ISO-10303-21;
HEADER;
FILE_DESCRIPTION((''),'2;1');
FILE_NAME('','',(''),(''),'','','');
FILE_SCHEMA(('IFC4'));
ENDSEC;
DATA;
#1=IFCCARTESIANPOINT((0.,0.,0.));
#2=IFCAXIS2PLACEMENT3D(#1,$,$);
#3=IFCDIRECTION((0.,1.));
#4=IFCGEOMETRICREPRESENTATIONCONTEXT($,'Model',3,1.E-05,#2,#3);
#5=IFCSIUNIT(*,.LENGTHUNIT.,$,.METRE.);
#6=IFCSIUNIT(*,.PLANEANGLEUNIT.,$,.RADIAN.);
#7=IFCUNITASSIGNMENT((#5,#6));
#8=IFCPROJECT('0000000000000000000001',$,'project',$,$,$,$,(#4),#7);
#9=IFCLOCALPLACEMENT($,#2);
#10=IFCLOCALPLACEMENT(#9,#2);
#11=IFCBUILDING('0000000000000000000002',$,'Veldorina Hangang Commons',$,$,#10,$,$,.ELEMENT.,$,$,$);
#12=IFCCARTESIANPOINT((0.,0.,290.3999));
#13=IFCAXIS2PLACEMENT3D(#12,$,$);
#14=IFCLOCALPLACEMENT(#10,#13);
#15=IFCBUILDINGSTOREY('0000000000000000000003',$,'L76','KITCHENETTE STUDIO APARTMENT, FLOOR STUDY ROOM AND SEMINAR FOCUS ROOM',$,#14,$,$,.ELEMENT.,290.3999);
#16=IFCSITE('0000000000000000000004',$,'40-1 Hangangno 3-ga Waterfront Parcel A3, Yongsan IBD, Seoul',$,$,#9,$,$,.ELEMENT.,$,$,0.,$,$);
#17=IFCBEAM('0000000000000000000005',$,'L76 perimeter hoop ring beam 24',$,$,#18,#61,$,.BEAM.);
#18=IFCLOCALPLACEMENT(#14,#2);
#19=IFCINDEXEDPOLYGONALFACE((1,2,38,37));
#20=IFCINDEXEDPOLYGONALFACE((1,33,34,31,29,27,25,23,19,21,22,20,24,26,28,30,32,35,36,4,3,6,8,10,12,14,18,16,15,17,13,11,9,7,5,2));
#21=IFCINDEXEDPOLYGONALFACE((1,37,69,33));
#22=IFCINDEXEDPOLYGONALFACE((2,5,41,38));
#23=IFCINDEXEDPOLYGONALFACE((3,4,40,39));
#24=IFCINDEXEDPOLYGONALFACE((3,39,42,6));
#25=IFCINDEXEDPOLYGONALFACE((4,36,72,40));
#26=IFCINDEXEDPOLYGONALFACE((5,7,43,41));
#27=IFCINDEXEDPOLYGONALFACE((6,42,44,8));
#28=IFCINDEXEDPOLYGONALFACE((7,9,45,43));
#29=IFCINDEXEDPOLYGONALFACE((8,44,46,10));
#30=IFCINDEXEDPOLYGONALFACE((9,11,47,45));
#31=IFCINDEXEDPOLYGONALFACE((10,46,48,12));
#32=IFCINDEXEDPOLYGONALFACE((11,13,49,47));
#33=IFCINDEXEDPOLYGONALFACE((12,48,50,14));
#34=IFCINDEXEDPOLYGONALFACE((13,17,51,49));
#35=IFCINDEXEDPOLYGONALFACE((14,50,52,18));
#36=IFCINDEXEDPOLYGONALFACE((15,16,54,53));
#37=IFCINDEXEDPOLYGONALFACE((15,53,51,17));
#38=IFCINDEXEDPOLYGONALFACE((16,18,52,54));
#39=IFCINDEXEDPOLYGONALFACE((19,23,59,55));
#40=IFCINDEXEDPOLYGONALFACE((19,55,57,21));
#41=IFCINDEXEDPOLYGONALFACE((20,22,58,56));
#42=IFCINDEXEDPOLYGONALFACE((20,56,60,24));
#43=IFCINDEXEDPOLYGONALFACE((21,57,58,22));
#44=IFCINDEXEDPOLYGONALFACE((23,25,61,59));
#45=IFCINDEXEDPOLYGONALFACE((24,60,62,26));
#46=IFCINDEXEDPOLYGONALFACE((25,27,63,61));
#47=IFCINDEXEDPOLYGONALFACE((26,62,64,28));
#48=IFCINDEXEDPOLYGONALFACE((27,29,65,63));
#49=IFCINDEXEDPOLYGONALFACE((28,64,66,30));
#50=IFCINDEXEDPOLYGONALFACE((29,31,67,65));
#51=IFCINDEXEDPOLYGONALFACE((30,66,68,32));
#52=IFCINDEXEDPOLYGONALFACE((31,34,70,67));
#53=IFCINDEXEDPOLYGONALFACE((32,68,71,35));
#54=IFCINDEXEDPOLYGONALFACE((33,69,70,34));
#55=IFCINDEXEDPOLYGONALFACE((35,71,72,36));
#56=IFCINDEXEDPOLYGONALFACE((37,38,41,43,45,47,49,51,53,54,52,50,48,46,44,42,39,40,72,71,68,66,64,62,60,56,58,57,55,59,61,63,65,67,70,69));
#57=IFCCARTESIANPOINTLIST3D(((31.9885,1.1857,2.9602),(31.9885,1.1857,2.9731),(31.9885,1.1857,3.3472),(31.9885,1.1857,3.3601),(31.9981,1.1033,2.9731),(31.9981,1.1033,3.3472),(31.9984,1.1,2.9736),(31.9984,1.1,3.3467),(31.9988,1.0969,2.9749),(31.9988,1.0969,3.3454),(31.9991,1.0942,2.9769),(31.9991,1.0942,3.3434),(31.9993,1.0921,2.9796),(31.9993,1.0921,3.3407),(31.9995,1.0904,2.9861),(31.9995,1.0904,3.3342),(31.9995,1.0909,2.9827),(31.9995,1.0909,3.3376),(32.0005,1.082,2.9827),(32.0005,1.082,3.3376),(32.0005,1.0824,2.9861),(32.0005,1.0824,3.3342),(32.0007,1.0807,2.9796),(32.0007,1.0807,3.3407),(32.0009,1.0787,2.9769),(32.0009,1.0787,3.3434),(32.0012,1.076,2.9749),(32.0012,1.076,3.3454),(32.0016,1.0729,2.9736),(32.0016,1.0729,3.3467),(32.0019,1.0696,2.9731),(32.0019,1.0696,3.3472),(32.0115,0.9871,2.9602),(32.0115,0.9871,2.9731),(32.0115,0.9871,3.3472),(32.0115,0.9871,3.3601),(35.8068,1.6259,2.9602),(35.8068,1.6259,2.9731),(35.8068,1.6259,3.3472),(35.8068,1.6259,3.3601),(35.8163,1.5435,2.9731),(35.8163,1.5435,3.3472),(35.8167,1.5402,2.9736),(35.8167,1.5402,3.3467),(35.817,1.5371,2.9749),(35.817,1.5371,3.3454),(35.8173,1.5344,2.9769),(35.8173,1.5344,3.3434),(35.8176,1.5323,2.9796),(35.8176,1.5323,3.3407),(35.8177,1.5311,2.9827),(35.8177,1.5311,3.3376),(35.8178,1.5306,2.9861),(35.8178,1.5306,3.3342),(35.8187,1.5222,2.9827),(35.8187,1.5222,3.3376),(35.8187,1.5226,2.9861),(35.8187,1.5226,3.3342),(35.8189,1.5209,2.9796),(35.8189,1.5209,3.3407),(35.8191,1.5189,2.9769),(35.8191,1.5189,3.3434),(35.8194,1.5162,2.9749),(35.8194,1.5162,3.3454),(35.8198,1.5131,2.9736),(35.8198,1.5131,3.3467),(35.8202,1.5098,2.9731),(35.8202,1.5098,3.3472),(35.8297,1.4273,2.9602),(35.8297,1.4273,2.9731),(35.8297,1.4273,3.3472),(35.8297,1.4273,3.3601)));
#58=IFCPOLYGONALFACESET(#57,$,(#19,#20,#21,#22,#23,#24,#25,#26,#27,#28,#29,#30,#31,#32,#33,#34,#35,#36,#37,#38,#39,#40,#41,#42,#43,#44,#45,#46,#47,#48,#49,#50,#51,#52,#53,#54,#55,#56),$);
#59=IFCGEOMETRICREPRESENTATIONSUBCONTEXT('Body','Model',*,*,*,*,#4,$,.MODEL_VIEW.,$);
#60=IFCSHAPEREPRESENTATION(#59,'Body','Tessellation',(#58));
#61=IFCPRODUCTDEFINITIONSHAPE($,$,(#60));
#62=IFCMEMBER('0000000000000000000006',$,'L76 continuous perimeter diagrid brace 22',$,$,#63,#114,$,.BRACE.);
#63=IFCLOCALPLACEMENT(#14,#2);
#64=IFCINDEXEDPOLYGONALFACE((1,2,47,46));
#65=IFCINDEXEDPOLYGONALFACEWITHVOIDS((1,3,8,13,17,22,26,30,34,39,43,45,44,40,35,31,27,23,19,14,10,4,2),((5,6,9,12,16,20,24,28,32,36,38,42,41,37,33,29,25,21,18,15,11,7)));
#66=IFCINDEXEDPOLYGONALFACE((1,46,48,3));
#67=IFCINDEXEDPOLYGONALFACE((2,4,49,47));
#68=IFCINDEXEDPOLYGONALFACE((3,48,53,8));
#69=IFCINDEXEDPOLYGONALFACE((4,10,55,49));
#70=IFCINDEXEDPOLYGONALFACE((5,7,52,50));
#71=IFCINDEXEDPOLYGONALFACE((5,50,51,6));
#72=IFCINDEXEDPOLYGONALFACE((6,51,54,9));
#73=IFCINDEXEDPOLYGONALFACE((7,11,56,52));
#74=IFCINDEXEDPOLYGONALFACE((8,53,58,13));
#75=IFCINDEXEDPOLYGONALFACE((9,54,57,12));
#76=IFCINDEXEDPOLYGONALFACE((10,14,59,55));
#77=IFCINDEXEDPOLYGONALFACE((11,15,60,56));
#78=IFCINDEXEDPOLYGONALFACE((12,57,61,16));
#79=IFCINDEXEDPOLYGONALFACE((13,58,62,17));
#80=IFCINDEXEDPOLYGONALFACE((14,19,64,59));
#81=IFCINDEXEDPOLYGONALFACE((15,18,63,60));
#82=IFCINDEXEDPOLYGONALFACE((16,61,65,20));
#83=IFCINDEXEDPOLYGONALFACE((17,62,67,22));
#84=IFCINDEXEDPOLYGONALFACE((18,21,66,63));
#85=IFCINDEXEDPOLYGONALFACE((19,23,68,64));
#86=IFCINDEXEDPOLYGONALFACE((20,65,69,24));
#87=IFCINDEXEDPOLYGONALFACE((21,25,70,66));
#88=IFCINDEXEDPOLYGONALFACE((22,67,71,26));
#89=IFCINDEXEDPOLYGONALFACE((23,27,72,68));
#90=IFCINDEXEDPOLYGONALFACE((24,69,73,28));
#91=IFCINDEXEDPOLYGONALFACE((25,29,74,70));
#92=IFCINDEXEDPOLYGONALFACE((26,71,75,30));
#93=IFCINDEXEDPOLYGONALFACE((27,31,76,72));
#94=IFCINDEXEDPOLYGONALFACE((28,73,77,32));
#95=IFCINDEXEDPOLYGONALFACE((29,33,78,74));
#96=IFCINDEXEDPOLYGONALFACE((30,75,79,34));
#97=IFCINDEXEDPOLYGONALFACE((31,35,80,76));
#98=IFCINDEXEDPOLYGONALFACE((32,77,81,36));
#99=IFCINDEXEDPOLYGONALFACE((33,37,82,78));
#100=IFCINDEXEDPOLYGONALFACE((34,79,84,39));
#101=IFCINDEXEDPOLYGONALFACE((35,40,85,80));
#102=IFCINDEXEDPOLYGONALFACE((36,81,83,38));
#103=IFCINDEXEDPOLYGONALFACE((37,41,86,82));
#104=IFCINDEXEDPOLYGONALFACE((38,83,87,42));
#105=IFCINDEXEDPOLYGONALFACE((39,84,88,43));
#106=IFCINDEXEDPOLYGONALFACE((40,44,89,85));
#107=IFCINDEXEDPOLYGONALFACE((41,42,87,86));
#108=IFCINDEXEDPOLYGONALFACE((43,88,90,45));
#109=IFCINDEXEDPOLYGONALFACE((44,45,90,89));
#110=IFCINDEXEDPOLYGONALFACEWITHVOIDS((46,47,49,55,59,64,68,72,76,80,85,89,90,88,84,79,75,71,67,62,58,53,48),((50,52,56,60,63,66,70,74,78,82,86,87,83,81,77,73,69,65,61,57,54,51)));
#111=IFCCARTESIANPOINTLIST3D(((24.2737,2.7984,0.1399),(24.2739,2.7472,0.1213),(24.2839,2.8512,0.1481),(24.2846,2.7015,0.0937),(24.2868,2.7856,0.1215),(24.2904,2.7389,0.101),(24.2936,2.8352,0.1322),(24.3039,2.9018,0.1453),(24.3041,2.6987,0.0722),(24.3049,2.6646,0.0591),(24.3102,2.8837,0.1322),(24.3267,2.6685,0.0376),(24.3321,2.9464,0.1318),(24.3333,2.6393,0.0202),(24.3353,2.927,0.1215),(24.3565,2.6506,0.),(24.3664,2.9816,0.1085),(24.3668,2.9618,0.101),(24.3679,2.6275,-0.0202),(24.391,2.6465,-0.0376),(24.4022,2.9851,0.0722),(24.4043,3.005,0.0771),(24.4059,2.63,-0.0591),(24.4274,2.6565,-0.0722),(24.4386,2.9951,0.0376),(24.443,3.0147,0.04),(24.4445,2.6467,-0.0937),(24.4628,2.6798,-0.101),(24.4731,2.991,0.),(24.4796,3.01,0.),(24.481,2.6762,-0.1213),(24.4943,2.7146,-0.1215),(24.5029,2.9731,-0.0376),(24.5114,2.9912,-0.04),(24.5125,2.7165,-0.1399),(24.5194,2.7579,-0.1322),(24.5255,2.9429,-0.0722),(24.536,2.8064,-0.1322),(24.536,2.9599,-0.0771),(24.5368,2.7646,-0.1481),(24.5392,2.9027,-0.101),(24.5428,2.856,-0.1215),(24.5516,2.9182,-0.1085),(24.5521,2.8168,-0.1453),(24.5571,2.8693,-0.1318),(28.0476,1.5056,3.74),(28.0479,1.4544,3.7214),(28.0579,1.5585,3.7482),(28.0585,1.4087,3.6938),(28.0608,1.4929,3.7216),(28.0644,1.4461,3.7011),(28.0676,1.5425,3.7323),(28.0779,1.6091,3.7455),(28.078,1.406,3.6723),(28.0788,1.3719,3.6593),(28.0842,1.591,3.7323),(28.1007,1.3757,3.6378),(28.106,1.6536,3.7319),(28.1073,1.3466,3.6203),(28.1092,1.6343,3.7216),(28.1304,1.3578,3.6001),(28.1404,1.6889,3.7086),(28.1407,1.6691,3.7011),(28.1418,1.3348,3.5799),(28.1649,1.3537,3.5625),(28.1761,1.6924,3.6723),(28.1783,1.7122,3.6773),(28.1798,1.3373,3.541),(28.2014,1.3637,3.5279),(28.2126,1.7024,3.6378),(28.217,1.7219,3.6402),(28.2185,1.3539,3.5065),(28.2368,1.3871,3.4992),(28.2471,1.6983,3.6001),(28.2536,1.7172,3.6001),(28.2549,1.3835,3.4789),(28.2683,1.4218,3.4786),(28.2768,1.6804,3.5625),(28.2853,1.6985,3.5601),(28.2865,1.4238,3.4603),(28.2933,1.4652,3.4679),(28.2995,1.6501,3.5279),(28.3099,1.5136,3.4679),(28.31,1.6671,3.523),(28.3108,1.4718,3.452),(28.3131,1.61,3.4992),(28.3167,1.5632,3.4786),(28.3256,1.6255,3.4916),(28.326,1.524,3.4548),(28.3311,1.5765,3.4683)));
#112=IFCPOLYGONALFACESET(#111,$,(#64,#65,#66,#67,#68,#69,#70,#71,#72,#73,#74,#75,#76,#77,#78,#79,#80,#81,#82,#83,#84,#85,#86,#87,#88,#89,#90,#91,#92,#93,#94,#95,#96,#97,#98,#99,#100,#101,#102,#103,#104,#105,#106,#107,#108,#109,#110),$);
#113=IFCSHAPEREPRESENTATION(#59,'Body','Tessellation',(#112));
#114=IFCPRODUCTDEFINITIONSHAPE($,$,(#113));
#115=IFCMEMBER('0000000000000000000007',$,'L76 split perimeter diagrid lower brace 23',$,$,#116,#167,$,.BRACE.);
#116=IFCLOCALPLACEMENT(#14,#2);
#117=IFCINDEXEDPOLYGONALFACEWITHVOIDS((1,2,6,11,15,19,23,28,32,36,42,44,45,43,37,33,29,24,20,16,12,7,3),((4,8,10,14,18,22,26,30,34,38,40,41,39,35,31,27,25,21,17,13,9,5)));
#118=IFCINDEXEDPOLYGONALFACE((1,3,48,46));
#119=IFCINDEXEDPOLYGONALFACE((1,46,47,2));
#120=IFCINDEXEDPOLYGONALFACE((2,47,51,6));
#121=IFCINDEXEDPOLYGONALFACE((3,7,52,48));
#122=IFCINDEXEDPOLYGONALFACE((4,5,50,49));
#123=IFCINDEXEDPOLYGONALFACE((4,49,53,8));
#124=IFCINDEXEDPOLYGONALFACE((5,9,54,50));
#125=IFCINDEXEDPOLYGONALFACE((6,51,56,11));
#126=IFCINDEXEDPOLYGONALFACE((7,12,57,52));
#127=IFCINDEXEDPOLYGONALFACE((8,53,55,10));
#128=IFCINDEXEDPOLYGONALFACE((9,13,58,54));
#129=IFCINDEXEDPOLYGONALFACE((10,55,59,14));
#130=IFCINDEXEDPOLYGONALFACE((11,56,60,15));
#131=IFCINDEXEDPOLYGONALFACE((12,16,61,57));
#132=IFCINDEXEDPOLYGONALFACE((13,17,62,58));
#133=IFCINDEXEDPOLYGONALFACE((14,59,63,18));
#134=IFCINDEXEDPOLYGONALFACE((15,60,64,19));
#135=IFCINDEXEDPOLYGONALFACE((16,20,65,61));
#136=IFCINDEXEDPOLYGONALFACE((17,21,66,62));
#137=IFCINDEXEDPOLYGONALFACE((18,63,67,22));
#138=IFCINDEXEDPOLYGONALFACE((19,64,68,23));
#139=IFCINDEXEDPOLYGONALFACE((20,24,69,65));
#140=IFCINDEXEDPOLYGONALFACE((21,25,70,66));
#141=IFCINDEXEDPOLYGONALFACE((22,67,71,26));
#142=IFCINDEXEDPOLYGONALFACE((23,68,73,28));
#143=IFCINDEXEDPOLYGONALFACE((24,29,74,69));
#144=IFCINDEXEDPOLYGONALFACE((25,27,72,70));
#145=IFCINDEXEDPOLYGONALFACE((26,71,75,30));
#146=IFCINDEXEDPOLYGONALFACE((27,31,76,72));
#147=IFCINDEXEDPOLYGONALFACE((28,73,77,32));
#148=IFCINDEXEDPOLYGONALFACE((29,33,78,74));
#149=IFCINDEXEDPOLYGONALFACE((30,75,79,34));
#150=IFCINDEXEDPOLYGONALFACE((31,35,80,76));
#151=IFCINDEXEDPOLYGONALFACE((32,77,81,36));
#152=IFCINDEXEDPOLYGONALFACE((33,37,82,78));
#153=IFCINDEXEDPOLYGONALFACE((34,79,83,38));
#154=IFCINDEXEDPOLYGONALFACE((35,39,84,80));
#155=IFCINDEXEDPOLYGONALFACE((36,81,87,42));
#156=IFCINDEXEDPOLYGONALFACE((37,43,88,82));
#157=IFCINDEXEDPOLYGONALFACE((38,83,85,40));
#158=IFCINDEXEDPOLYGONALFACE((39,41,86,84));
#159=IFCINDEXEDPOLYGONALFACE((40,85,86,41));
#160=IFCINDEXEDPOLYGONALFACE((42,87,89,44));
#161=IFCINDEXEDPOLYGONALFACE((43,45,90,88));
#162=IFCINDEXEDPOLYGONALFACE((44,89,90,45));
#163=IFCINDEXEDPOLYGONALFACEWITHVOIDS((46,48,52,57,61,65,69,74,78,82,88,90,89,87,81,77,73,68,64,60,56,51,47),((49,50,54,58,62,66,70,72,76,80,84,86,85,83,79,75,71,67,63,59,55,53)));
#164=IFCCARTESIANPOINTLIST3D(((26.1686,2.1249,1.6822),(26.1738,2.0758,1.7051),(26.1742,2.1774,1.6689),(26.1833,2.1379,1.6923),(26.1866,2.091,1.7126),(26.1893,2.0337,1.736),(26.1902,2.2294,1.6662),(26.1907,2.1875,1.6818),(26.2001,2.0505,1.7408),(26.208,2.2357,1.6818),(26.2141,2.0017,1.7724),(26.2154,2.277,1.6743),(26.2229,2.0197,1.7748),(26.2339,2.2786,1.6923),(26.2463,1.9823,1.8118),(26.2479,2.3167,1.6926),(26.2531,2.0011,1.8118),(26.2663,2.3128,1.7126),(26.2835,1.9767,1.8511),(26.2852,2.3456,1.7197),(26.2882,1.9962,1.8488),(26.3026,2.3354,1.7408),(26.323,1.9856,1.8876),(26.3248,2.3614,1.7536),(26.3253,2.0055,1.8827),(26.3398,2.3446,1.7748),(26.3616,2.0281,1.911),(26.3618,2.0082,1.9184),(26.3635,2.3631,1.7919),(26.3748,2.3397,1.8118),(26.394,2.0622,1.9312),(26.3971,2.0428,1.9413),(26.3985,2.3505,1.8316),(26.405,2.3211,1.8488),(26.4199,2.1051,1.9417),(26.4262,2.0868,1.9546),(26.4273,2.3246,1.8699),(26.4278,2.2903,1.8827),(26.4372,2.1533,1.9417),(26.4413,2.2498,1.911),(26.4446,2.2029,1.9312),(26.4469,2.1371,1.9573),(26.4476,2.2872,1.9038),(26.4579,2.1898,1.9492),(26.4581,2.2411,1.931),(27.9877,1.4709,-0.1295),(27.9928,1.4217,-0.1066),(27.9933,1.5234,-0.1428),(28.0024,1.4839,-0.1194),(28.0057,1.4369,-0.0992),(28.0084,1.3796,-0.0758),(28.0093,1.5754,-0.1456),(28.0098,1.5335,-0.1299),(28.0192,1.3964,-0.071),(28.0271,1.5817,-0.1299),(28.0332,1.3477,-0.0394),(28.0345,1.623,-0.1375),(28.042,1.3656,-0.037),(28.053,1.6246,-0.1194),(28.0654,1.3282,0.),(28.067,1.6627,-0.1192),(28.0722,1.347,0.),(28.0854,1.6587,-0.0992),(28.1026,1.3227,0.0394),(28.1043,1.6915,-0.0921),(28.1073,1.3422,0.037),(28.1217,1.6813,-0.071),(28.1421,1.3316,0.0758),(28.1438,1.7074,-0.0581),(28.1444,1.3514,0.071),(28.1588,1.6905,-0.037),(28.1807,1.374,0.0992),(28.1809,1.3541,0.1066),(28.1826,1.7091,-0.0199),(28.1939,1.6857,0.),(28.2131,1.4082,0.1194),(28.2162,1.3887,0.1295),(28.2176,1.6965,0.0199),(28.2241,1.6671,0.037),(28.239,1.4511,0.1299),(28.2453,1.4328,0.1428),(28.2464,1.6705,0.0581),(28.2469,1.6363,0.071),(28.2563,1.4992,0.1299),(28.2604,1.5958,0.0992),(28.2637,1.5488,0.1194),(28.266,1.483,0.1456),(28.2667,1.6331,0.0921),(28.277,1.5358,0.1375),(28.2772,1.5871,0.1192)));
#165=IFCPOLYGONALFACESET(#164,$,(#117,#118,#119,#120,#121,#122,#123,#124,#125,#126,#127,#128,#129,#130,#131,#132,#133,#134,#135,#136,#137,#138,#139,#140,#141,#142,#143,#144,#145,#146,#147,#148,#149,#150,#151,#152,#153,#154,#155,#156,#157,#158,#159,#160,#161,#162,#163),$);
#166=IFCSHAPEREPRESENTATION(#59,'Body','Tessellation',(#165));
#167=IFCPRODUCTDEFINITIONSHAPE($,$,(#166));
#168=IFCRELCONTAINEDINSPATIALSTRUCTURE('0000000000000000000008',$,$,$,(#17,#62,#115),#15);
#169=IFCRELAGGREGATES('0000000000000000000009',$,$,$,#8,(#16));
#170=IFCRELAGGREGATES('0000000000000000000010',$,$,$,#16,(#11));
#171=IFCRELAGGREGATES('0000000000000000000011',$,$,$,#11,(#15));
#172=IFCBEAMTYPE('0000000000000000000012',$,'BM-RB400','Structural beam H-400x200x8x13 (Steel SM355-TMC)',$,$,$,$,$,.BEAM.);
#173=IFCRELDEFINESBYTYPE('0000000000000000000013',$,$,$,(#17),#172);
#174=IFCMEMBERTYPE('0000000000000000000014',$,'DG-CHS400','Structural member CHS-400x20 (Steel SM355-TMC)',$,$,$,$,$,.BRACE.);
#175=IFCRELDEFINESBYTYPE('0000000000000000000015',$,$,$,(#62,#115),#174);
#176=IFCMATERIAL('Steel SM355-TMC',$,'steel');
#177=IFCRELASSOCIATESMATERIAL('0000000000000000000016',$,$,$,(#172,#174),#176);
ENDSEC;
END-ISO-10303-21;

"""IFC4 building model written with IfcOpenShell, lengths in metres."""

from ifc_helpers import new_model, si_unit, direction, frame, origin, origin_2d, place, context, subcontext, project, spatial, hollow_circle, i_section, extrude, material, material_profile, profile_set, type_object, element, save


model = new_model("IFC4")

# Units and contexts
model_context = context("Model", 3, precision=1e-05, world=origin(), true_north=direction((0.0, 1.0)))
body_context = subcontext(model_context, "Body", "Model", "MODEL_VIEW")
ifc_project = project(units=[si_unit("LENGTHUNIT", "METRE"), si_unit("PLANEANGLEUNIT", "RADIAN")], contexts=[model_context])

# Site, building, storey
site_placement = place(None, origin())
site = spatial("IfcSite", under=ifc_project, at=site_placement, Name="40-1 Hangangno 3-ga Waterfront Parcel A3, Yongsan IBD, Seoul", CompositionType="ELEMENT", RefElevation=0.0)
building_placement = place(site_placement, origin())
building = spatial("IfcBuilding", under=site, at=building_placement, Name="Veldorina Hangang Commons", CompositionType="ELEMENT")
storey_placement = place(building_placement, frame((0.0, 0.0, 290.3999)))
storey = spatial("IfcBuildingStorey", under=building, at=storey_placement, Name="L76", Description="KITCHENETTE STUDIO APARTMENT, FLOOR STUDY ROOM AND SEMINAR FOCUS ROOM", CompositionType="ELEMENT", Elevation=290.3999)

# Beam
ifc_material_1 = material(Name="Steel SM355-TMC", Category="steel")
ifc_material_profile_1 = material_profile(ifc_material_1, i_section(OverallWidth=0.2, OverallDepth=0.3999, WebThickness=0.0081, FlangeThickness=0.0129, FilletRadius=0.0129, at=origin_2d()), Name="H-400x200x8x13")
ifc_profile_set_1 = profile_set([ifc_material_profile_1], Name="Steel SM355-TMC")
beam_type_1 = type_object("IfcBeamType", Name="BM-RB400", Description="Structural beam H-400x200x8x13 (Steel SM355-TMC)", PredefinedType="BEAM", material=ifc_profile_set_1)
for number, where, z_axis, x_axis, name in (
    (1, (32.0, 1.0864, 3.1602), (0.99342, 0.11453, 0.0), (-0.11453, 0.99342, 0.0), "L76 perimeter hoop ring beam 24"),
):
    element("IfcBeam", number, at=place(storey_placement, frame(where, z_axis=z_axis, x_axis=x_axis)), inside=storey, type_object=beam_type_1, Name=name, PredefinedType="BEAM", context=body_context, shape_type="SweptSolid", body=[
        extrude(i_section(OverallWidth=0.2, OverallDepth=0.3999, WebThickness=0.0081, FlangeThickness=0.0129, FilletRadius=0.0129, at=origin_2d()), origin(), (0.0, 0.0, 1.0), 3.8435),
    ])

# Members
ifc_material_profile_2 = material_profile(ifc_material_1, hollow_circle(Radius=0.2, WallThickness=0.02, at=origin_2d()), Name="CHS-400x20")
ifc_profile_set_2 = profile_set([ifc_material_profile_2], Name="Steel SM355-TMC")
member_type_1 = type_object("IfcMemberType", Name="DG-CHS400", Description="Structural member CHS-400x20 (Steel SM355-TMC)", PredefinedType="BRACE", material=ifc_profile_set_2)
member_1_placement = place(storey_placement, frame((24.4148, 2.8208, 0.0), z_axis=(0.702324, -0.240575, 0.669974), x_axis=(0.324057, 0.946038, 0.0)))
element("IfcMember", 2, at=member_1_placement, inside=storey, type_object=member_type_1, Name="L76 continuous perimeter diagrid brace 22", PredefinedType="BRACE", context=body_context, shape_type="SweptSolid", body=[
    extrude(hollow_circle(Radius=0.2, WallThickness=0.02, at=origin_2d()), origin(), (0.0, 0.0, 1.0), 5.3735),
])
member_2_placement = place(storey_placement, frame((28.1331, 1.5164, 0.0), z_axis=(-0.686602, 0.246867, 0.683838), x_axis=(-0.338344, -0.941023, 0.0)))
element("IfcMember", 3, at=member_2_placement, inside=storey, type_object=member_type_1, Name="L76 split perimeter diagrid lower brace 23", PredefinedType="BRACE", context=body_context, shape_type="SweptSolid", body=[
    extrude(hollow_circle(Radius=0.2, WallThickness=0.02, at=origin_2d()), origin(), (0.0, 0.0, 1.0), 2.6494),
])

save(model, "model.ifc")
